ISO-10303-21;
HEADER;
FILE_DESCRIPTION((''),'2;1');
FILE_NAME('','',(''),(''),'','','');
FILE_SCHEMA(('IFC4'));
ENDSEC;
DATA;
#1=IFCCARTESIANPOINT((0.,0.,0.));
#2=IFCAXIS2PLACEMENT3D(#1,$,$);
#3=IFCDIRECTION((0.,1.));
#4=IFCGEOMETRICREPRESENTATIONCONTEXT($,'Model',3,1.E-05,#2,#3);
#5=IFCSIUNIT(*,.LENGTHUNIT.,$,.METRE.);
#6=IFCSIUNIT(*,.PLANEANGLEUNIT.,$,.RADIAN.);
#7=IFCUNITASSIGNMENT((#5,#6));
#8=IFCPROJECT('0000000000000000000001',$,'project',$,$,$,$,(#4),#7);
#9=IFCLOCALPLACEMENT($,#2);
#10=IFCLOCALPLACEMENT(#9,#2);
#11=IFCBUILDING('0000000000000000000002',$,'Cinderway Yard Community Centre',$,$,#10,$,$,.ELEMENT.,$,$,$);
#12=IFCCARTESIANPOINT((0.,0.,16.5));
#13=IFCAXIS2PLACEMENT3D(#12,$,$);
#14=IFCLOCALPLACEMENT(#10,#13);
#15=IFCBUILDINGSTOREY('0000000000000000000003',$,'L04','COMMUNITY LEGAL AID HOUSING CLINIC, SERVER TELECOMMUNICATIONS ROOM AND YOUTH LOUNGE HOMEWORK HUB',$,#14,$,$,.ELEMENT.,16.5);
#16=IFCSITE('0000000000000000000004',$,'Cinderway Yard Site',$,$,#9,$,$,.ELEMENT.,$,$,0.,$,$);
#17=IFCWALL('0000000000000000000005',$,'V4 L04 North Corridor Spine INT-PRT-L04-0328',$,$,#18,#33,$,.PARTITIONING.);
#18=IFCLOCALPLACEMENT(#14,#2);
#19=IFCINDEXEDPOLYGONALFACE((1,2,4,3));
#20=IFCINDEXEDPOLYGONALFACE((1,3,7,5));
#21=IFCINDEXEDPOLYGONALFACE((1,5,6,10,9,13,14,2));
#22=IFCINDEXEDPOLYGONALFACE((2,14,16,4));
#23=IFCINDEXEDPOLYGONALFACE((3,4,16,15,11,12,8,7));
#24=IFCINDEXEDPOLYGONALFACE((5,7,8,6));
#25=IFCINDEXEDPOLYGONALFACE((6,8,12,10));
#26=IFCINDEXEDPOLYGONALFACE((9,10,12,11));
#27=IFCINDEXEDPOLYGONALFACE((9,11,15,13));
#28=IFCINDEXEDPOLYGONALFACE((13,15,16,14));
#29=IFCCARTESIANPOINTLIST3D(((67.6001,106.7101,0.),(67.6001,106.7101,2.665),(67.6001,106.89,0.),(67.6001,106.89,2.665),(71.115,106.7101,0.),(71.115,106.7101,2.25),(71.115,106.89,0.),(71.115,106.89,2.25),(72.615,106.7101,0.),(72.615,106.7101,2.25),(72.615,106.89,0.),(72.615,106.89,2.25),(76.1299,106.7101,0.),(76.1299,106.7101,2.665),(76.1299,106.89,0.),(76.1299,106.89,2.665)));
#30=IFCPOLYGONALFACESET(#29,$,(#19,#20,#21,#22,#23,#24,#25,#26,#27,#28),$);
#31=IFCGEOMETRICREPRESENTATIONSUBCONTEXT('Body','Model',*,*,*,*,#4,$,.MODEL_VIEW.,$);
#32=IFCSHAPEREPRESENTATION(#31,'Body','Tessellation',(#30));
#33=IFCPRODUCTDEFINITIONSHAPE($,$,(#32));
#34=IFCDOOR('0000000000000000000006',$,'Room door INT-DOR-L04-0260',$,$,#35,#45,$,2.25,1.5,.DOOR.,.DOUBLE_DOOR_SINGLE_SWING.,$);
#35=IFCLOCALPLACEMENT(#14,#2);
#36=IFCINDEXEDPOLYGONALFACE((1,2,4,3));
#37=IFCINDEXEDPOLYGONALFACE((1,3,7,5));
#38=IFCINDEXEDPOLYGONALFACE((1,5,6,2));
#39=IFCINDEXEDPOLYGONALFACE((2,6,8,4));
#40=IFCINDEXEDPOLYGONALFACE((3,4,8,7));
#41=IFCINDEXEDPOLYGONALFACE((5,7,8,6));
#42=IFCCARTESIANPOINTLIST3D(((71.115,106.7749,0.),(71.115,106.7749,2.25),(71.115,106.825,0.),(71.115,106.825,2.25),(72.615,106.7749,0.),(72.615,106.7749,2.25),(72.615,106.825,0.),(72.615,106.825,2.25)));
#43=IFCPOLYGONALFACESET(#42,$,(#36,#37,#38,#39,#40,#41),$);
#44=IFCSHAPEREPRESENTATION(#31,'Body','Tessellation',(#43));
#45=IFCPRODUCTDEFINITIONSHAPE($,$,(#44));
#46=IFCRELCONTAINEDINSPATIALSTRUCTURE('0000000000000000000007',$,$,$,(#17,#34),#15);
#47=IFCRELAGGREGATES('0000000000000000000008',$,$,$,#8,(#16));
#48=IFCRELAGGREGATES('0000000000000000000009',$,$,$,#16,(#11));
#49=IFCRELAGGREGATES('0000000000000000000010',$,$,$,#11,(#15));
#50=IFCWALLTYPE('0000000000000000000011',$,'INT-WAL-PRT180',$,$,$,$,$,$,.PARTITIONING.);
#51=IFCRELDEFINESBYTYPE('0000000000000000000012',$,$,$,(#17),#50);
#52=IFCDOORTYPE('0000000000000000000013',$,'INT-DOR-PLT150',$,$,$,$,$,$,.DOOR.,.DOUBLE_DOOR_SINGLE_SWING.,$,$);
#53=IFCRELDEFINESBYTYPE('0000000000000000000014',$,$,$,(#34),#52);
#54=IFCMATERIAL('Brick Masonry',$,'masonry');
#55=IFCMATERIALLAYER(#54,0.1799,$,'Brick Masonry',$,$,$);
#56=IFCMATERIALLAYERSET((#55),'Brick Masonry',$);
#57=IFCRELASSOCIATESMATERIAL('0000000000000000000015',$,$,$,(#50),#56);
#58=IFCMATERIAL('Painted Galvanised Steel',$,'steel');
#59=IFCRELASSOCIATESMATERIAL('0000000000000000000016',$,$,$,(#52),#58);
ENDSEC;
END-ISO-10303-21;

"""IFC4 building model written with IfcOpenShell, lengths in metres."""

from ifc_helpers import new_model, si_unit, direction, frame, frame_2d, origin, place, context, subcontext, project, spatial, rectangle, extrude, material, layer, layer_set, type_object, element, fill, save


model = new_model("IFC4")

# Units and contexts
model_context = context("Model", 3, precision=1e-05, world=origin(), true_north=direction((0.0, 1.0)))
body_context = subcontext(model_context, "Body", "Model", "MODEL_VIEW")
ifc_project = project(units=[si_unit("LENGTHUNIT", "METRE"), si_unit("PLANEANGLEUNIT", "RADIAN")], contexts=[model_context])

# Site, building, storey
site_placement = place(None, origin())
site = spatial("IfcSite", under=ifc_project, at=site_placement, Name="Cinderway Yard Site", CompositionType="ELEMENT", RefElevation=0.0)
building_placement = place(site_placement, origin())
building = spatial("IfcBuilding", under=site, at=building_placement, Name="Cinderway Yard Community Centre", CompositionType="ELEMENT")
storey_placement = place(building_placement, frame((0.0, 0.0, 16.5)))
storey = spatial("IfcBuildingStorey", under=building, at=storey_placement, Name="L04", Description="COMMUNITY LEGAL AID HOUSING CLINIC, SERVER TELECOMMUNICATIONS ROOM AND YOUTH LOUNGE HOMEWORK HUB", CompositionType="ELEMENT", Elevation=16.5)

# Wall, opening, door
ifc_material_1 = material(Name="Brick Masonry", Category="masonry")
ifc_layer_1 = layer(ifc_material_1, 0.1799, Name="Brick Masonry")
ifc_layer_set_1 = layer_set([ifc_layer_1], Name="Brick Masonry")
wall_type_1 = type_object("IfcWallType", Name="INT-WAL-PRT180", PredefinedType="PARTITIONING", material=ifc_layer_set_1)
wall_1_placement = place(storey_placement, frame((67.6001, 106.8, 0.0), z_axis=(0.0, 0.0, 1.0), x_axis=(1.0, 0.0, 0.0)))
wall_1 = element("IfcWall", 1, at=wall_1_placement, inside=storey, type_object=wall_type_1, Name="V4 L04 North Corridor Spine INT-PRT-L04-0328", PredefinedType="PARTITIONING", context=body_context, shape_type="SweptSolid", body=[
    extrude(rectangle(XDim=8.5298, YDim=0.1799, at=frame_2d((4.2649, 0.0))), origin(), (0.0, 0.0, 1.0), 2.665),
])
opening_1_placement = place(wall_1_placement, frame((3.5149, 0.0, 0.0)))
opening_1 = element("IfcOpeningElement", 2, at=opening_1_placement, cuts=wall_1, PredefinedType="OPENING", context=body_context, shape_type="SweptSolid", body=[
    extrude(rectangle(XDim=1.5, YDim=2.25, at=frame_2d((0.75, 1.125))), frame((0.0, 0.0999, 0.0), z_axis=(0.0, -1.0, 0.0), x_axis=(1.0, 0.0, 0.0)), (0.0, 0.0, 1.0), 0.2),
])
ifc_material_2 = material(Name="Painted Galvanised Steel", Category="steel")
door_type_1 = type_object("IfcDoorType", Name="INT-DOR-PLT150", OperationType="DOUBLE_DOOR_SINGLE_SWING", PredefinedType="DOOR", material=ifc_material_2)
door_1_placement = place(opening_1_placement, origin())
door_1 = element("IfcDoor", 3, at=door_1_placement, inside=storey, type_object=door_type_1, Name="Room door INT-DOR-L04-0260", OperationType="DOUBLE_DOOR_SINGLE_SWING", OverallHeight=2.25, OverallWidth=1.5, PredefinedType="DOOR", context=body_context, shape_type="SweptSolid", body=[
    extrude(rectangle(XDim=1.5, YDim=2.25, at=frame_2d((0.75, 1.125))), frame((0.0, 0.0249, 0.0), z_axis=(0.0, -1.0, 0.0), x_axis=(1.0, 0.0, 0.0)), (0.0, 0.0, 1.0), 0.05),
])
fill(opening_1, door_1)

save(model, "model.ifc")
